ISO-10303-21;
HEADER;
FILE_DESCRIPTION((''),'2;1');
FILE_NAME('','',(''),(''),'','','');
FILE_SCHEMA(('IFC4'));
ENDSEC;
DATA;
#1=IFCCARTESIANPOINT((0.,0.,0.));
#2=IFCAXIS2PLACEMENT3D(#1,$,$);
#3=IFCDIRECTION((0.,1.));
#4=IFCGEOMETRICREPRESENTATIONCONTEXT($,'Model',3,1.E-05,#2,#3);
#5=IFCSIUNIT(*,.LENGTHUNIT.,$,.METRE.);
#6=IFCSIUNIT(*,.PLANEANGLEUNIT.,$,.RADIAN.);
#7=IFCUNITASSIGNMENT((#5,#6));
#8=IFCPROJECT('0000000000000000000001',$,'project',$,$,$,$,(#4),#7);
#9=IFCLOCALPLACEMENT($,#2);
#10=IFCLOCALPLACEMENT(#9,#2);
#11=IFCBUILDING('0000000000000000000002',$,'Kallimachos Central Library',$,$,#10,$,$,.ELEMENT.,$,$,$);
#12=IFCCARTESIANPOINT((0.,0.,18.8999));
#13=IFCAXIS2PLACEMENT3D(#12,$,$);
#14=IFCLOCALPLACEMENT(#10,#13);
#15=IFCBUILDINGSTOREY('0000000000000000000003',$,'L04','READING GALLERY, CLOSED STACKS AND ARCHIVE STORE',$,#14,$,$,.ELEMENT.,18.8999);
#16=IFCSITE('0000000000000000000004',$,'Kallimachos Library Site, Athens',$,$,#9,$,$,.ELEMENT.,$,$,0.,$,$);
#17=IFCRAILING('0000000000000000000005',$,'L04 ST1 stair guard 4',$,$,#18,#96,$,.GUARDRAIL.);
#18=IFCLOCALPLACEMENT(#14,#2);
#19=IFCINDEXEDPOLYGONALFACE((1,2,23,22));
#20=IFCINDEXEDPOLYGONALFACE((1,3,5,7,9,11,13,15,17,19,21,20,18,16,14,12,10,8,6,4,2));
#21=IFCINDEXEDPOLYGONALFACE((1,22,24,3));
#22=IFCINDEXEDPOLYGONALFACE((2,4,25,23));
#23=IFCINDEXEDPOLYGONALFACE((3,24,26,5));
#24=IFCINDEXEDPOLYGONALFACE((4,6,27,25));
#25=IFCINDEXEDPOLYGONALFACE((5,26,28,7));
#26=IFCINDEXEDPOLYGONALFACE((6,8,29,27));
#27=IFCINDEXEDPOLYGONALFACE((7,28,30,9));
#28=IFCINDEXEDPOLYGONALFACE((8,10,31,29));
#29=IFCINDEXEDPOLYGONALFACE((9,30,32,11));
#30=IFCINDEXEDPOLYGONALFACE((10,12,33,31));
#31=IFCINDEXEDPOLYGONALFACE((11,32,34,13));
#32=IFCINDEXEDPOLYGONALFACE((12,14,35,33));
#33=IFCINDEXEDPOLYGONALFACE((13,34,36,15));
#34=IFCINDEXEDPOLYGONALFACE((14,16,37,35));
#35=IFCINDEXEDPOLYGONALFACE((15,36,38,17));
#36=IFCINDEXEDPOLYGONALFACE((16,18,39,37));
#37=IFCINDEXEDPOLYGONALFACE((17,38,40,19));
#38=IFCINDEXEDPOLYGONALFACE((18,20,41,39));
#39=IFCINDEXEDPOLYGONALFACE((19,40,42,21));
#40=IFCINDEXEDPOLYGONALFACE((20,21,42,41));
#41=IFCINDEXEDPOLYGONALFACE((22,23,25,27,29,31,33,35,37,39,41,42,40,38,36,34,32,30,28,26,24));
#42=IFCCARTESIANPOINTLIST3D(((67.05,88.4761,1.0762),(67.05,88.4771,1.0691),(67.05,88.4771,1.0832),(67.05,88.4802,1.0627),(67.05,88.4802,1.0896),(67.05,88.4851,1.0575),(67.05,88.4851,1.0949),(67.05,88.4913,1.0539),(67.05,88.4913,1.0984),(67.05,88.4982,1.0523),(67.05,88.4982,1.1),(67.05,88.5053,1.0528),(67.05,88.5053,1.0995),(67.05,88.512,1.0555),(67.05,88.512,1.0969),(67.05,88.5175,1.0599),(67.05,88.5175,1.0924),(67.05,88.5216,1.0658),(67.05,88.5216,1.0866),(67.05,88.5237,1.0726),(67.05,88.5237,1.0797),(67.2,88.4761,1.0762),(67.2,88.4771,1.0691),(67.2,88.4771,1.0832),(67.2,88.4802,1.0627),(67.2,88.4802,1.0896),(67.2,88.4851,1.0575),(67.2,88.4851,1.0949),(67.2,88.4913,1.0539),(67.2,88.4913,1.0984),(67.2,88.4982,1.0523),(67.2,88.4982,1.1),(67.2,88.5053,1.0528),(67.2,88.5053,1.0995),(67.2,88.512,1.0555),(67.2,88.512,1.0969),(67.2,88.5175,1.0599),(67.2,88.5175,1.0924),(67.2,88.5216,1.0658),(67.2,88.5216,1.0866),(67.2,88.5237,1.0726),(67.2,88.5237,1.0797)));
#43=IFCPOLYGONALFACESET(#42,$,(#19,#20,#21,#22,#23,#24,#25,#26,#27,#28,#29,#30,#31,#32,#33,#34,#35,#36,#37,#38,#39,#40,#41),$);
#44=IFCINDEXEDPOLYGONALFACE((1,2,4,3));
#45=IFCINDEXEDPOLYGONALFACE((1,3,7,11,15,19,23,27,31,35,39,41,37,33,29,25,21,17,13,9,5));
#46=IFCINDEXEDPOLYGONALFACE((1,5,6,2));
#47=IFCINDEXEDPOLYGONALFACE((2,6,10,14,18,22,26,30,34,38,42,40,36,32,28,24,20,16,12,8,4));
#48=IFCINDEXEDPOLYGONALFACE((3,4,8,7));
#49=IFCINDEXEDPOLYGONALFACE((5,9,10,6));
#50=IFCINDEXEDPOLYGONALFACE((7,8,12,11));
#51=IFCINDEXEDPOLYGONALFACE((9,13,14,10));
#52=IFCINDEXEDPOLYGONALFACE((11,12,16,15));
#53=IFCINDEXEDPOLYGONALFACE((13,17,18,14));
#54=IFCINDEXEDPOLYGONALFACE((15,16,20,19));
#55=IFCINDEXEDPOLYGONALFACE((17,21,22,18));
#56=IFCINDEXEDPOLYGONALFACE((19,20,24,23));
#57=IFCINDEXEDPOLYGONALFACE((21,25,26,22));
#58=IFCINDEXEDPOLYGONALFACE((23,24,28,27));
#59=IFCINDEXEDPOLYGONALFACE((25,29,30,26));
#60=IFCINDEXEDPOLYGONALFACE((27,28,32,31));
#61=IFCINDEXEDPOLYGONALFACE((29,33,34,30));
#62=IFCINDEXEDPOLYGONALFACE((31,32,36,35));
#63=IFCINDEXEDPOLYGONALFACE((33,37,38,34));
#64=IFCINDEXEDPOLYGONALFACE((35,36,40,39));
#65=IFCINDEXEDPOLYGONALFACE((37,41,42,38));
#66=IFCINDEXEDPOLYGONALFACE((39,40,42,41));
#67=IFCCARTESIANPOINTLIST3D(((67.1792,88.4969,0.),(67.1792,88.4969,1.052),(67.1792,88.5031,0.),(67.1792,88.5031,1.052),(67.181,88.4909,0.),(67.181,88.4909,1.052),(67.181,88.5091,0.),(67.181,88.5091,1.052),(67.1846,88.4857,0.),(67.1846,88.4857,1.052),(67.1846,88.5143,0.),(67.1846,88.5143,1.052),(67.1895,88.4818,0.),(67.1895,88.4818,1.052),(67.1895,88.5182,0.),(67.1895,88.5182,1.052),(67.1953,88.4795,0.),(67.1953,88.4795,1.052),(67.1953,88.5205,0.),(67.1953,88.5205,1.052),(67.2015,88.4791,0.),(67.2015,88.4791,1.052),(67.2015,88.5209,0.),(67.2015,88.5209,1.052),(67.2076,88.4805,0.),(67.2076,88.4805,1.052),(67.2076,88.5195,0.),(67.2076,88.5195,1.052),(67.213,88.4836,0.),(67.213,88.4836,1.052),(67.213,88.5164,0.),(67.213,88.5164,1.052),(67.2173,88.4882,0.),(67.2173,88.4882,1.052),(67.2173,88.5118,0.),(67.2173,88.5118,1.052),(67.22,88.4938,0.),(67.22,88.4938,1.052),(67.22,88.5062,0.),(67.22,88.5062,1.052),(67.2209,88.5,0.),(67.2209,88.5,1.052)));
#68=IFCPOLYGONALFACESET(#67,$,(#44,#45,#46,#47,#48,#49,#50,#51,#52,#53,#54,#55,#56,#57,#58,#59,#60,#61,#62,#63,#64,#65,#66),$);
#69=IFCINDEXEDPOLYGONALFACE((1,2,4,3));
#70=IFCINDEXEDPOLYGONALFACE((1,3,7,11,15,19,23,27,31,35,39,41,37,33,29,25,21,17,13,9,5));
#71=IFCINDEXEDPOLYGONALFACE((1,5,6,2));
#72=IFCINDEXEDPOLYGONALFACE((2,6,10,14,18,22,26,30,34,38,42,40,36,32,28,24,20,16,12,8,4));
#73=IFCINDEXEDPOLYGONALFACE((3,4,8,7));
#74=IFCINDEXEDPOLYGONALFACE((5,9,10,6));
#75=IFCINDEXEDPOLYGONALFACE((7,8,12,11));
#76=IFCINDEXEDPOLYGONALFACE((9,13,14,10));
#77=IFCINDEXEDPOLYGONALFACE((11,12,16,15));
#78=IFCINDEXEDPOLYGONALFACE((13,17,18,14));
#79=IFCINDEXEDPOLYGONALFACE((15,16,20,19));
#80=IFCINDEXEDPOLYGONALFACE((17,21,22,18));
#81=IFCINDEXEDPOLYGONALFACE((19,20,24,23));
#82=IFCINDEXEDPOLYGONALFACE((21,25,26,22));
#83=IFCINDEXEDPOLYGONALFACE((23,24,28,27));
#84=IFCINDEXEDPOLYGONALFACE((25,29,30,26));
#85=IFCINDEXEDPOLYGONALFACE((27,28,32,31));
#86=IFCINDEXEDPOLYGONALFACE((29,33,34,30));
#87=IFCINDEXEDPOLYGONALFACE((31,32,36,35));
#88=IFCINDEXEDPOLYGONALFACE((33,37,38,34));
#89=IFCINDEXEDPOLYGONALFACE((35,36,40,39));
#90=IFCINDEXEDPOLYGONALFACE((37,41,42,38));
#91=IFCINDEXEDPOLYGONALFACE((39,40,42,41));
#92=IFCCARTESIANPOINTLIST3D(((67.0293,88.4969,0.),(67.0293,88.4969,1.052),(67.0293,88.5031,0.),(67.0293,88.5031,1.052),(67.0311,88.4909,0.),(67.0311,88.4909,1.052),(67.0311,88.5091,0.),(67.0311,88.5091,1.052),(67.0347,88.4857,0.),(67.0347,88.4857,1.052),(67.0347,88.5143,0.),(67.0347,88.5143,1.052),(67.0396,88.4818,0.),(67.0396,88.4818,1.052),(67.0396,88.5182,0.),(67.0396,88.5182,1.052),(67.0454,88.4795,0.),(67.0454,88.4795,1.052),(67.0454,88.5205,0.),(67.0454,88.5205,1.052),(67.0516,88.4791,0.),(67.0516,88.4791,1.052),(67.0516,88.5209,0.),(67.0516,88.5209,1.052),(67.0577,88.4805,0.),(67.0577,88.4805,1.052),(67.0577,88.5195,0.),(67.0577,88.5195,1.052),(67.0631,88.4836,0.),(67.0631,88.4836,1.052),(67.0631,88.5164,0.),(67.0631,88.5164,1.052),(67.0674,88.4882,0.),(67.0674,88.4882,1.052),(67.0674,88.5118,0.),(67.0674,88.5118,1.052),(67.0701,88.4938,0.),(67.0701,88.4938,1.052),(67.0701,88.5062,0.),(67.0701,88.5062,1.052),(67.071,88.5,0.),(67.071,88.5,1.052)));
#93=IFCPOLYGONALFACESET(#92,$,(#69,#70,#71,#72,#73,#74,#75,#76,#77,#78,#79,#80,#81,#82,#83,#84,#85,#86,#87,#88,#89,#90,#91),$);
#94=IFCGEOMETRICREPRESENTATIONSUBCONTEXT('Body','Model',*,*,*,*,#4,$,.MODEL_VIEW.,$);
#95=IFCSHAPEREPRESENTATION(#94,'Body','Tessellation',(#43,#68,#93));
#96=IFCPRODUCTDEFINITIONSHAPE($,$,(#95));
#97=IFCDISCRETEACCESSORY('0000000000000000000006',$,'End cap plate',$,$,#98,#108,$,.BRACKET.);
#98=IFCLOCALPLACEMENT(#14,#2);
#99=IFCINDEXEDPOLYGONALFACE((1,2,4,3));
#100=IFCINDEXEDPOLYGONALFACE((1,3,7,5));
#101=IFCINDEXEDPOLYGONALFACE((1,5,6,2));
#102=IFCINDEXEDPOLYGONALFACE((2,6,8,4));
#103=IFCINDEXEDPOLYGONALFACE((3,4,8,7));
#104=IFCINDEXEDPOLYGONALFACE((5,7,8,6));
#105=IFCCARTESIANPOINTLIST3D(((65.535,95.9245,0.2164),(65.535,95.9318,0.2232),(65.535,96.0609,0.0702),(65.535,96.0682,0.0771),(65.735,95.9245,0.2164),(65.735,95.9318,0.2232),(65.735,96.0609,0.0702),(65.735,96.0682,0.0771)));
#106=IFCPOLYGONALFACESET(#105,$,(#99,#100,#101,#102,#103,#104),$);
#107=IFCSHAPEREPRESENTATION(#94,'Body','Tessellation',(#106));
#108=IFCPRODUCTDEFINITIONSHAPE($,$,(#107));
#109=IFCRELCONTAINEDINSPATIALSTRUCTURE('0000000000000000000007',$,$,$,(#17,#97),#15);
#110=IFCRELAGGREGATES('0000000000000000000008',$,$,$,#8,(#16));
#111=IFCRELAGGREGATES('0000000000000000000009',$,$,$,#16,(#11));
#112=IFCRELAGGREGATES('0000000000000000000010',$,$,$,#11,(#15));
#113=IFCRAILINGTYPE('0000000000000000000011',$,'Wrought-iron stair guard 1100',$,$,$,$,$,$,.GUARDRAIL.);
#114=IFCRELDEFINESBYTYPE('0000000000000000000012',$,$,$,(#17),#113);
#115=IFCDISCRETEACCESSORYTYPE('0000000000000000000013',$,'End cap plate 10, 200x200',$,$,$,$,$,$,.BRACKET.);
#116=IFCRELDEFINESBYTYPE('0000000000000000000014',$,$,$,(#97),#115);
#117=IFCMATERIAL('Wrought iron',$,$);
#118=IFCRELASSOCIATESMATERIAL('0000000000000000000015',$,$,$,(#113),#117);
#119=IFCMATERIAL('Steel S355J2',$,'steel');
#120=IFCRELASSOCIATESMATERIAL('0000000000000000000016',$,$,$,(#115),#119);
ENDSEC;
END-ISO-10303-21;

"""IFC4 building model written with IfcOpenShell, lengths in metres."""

from ifc_helpers import new_model, si_unit, direction, frame, origin, origin_2d, place, context, subcontext, project, spatial, rectangle, circle, extrude, material, material_profile, profile_set, type_object, element, save


model = new_model("IFC4")

# Units and contexts
model_context = context("Model", 3, precision=1e-05, world=origin(), true_north=direction((0.0, 1.0)))
body_context = subcontext(model_context, "Body", "Model", "MODEL_VIEW")
ifc_project = project(units=[si_unit("LENGTHUNIT", "METRE"), si_unit("PLANEANGLEUNIT", "RADIAN")], contexts=[model_context])

# Site, building, storey
site_placement = place(None, origin())
site = spatial("IfcSite", under=ifc_project, at=site_placement, Name="Kallimachos Library Site, Athens", CompositionType="ELEMENT", RefElevation=0.0)
building_placement = place(site_placement, origin())
building = spatial("IfcBuilding", under=site, at=building_placement, Name="Kallimachos Central Library", CompositionType="ELEMENT")
storey_placement = place(building_placement, frame((0.0, 0.0, 18.8999)))
storey = spatial("IfcBuildingStorey", under=building, at=storey_placement, Name="L04", Description="READING GALLERY, CLOSED STACKS AND ARCHIVE STORE", CompositionType="ELEMENT", Elevation=18.8999)

# Railing
ifc_material_1 = material(Name="Wrought iron")
railing_type_1 = type_object("IfcRailingType", Name="Wrought-iron stair guard 1100", PredefinedType="GUARDRAIL", material=ifc_material_1)
railing_1_placement = place(storey_placement, frame((67.2, 88.5, 0.0)))
element("IfcRailing", 1, at=railing_1_placement, inside=storey, type_object=railing_type_1, Name="L04 ST1 stair guard 4", PredefinedType="GUARDRAIL", context=body_context, shape_type="SweptSolid", body=[
    extrude(circle(Radius=0.0239, at=origin_2d()), frame((0.0, 0.0, 1.0762), z_axis=(-1.0, 0.0, 0.0), x_axis=(0.0, -1.0, 0.0)), (0.0, 0.0, 1.0), 0.1499),
    extrude(circle(Radius=0.021, at=origin_2d()), origin(), (0.0, 0.0, 1.0), 1.052),
    extrude(circle(Radius=0.021, at=origin_2d()), frame((-0.1499, 0.0, 0.0)), (0.0, 0.0, 1.0), 1.052),
])

# Discrete accessory
ifc_material_2 = material(Name="Steel S355J2", Category="steel")
ifc_material_profile_1 = material_profile(ifc_material_2, rectangle(XDim=0.2, YDim=0.2, at=origin_2d()), Name="End cap plate 10, 200x200")
ifc_profile_set_1 = profile_set([ifc_material_profile_1], Name="Steel S355J2")
discrete_accessory_type = type_object("IfcDiscreteAccessoryType", Name="End cap plate 10, 200x200", PredefinedType="BRACKET", material=ifc_profile_set_1)
discrete_accessory_placement = place(storey_placement, frame((65.635, 95.9927, 0.1433), z_axis=(0.0, 0.731055, 0.682318), x_axis=(-1.0, 0.0, 0.0)))
element("IfcDiscreteAccessory", 2, at=discrete_accessory_placement, inside=storey, type_object=discrete_accessory_type, Name="End cap plate", PredefinedType="BRACKET", context=body_context, shape_type="SweptSolid", body=[
    extrude(rectangle(XDim=0.2, YDim=0.2, at=origin_2d()), origin(), (0.0, 0.0, 1.0), 0.01),
])

save(model, "model.ifc")
